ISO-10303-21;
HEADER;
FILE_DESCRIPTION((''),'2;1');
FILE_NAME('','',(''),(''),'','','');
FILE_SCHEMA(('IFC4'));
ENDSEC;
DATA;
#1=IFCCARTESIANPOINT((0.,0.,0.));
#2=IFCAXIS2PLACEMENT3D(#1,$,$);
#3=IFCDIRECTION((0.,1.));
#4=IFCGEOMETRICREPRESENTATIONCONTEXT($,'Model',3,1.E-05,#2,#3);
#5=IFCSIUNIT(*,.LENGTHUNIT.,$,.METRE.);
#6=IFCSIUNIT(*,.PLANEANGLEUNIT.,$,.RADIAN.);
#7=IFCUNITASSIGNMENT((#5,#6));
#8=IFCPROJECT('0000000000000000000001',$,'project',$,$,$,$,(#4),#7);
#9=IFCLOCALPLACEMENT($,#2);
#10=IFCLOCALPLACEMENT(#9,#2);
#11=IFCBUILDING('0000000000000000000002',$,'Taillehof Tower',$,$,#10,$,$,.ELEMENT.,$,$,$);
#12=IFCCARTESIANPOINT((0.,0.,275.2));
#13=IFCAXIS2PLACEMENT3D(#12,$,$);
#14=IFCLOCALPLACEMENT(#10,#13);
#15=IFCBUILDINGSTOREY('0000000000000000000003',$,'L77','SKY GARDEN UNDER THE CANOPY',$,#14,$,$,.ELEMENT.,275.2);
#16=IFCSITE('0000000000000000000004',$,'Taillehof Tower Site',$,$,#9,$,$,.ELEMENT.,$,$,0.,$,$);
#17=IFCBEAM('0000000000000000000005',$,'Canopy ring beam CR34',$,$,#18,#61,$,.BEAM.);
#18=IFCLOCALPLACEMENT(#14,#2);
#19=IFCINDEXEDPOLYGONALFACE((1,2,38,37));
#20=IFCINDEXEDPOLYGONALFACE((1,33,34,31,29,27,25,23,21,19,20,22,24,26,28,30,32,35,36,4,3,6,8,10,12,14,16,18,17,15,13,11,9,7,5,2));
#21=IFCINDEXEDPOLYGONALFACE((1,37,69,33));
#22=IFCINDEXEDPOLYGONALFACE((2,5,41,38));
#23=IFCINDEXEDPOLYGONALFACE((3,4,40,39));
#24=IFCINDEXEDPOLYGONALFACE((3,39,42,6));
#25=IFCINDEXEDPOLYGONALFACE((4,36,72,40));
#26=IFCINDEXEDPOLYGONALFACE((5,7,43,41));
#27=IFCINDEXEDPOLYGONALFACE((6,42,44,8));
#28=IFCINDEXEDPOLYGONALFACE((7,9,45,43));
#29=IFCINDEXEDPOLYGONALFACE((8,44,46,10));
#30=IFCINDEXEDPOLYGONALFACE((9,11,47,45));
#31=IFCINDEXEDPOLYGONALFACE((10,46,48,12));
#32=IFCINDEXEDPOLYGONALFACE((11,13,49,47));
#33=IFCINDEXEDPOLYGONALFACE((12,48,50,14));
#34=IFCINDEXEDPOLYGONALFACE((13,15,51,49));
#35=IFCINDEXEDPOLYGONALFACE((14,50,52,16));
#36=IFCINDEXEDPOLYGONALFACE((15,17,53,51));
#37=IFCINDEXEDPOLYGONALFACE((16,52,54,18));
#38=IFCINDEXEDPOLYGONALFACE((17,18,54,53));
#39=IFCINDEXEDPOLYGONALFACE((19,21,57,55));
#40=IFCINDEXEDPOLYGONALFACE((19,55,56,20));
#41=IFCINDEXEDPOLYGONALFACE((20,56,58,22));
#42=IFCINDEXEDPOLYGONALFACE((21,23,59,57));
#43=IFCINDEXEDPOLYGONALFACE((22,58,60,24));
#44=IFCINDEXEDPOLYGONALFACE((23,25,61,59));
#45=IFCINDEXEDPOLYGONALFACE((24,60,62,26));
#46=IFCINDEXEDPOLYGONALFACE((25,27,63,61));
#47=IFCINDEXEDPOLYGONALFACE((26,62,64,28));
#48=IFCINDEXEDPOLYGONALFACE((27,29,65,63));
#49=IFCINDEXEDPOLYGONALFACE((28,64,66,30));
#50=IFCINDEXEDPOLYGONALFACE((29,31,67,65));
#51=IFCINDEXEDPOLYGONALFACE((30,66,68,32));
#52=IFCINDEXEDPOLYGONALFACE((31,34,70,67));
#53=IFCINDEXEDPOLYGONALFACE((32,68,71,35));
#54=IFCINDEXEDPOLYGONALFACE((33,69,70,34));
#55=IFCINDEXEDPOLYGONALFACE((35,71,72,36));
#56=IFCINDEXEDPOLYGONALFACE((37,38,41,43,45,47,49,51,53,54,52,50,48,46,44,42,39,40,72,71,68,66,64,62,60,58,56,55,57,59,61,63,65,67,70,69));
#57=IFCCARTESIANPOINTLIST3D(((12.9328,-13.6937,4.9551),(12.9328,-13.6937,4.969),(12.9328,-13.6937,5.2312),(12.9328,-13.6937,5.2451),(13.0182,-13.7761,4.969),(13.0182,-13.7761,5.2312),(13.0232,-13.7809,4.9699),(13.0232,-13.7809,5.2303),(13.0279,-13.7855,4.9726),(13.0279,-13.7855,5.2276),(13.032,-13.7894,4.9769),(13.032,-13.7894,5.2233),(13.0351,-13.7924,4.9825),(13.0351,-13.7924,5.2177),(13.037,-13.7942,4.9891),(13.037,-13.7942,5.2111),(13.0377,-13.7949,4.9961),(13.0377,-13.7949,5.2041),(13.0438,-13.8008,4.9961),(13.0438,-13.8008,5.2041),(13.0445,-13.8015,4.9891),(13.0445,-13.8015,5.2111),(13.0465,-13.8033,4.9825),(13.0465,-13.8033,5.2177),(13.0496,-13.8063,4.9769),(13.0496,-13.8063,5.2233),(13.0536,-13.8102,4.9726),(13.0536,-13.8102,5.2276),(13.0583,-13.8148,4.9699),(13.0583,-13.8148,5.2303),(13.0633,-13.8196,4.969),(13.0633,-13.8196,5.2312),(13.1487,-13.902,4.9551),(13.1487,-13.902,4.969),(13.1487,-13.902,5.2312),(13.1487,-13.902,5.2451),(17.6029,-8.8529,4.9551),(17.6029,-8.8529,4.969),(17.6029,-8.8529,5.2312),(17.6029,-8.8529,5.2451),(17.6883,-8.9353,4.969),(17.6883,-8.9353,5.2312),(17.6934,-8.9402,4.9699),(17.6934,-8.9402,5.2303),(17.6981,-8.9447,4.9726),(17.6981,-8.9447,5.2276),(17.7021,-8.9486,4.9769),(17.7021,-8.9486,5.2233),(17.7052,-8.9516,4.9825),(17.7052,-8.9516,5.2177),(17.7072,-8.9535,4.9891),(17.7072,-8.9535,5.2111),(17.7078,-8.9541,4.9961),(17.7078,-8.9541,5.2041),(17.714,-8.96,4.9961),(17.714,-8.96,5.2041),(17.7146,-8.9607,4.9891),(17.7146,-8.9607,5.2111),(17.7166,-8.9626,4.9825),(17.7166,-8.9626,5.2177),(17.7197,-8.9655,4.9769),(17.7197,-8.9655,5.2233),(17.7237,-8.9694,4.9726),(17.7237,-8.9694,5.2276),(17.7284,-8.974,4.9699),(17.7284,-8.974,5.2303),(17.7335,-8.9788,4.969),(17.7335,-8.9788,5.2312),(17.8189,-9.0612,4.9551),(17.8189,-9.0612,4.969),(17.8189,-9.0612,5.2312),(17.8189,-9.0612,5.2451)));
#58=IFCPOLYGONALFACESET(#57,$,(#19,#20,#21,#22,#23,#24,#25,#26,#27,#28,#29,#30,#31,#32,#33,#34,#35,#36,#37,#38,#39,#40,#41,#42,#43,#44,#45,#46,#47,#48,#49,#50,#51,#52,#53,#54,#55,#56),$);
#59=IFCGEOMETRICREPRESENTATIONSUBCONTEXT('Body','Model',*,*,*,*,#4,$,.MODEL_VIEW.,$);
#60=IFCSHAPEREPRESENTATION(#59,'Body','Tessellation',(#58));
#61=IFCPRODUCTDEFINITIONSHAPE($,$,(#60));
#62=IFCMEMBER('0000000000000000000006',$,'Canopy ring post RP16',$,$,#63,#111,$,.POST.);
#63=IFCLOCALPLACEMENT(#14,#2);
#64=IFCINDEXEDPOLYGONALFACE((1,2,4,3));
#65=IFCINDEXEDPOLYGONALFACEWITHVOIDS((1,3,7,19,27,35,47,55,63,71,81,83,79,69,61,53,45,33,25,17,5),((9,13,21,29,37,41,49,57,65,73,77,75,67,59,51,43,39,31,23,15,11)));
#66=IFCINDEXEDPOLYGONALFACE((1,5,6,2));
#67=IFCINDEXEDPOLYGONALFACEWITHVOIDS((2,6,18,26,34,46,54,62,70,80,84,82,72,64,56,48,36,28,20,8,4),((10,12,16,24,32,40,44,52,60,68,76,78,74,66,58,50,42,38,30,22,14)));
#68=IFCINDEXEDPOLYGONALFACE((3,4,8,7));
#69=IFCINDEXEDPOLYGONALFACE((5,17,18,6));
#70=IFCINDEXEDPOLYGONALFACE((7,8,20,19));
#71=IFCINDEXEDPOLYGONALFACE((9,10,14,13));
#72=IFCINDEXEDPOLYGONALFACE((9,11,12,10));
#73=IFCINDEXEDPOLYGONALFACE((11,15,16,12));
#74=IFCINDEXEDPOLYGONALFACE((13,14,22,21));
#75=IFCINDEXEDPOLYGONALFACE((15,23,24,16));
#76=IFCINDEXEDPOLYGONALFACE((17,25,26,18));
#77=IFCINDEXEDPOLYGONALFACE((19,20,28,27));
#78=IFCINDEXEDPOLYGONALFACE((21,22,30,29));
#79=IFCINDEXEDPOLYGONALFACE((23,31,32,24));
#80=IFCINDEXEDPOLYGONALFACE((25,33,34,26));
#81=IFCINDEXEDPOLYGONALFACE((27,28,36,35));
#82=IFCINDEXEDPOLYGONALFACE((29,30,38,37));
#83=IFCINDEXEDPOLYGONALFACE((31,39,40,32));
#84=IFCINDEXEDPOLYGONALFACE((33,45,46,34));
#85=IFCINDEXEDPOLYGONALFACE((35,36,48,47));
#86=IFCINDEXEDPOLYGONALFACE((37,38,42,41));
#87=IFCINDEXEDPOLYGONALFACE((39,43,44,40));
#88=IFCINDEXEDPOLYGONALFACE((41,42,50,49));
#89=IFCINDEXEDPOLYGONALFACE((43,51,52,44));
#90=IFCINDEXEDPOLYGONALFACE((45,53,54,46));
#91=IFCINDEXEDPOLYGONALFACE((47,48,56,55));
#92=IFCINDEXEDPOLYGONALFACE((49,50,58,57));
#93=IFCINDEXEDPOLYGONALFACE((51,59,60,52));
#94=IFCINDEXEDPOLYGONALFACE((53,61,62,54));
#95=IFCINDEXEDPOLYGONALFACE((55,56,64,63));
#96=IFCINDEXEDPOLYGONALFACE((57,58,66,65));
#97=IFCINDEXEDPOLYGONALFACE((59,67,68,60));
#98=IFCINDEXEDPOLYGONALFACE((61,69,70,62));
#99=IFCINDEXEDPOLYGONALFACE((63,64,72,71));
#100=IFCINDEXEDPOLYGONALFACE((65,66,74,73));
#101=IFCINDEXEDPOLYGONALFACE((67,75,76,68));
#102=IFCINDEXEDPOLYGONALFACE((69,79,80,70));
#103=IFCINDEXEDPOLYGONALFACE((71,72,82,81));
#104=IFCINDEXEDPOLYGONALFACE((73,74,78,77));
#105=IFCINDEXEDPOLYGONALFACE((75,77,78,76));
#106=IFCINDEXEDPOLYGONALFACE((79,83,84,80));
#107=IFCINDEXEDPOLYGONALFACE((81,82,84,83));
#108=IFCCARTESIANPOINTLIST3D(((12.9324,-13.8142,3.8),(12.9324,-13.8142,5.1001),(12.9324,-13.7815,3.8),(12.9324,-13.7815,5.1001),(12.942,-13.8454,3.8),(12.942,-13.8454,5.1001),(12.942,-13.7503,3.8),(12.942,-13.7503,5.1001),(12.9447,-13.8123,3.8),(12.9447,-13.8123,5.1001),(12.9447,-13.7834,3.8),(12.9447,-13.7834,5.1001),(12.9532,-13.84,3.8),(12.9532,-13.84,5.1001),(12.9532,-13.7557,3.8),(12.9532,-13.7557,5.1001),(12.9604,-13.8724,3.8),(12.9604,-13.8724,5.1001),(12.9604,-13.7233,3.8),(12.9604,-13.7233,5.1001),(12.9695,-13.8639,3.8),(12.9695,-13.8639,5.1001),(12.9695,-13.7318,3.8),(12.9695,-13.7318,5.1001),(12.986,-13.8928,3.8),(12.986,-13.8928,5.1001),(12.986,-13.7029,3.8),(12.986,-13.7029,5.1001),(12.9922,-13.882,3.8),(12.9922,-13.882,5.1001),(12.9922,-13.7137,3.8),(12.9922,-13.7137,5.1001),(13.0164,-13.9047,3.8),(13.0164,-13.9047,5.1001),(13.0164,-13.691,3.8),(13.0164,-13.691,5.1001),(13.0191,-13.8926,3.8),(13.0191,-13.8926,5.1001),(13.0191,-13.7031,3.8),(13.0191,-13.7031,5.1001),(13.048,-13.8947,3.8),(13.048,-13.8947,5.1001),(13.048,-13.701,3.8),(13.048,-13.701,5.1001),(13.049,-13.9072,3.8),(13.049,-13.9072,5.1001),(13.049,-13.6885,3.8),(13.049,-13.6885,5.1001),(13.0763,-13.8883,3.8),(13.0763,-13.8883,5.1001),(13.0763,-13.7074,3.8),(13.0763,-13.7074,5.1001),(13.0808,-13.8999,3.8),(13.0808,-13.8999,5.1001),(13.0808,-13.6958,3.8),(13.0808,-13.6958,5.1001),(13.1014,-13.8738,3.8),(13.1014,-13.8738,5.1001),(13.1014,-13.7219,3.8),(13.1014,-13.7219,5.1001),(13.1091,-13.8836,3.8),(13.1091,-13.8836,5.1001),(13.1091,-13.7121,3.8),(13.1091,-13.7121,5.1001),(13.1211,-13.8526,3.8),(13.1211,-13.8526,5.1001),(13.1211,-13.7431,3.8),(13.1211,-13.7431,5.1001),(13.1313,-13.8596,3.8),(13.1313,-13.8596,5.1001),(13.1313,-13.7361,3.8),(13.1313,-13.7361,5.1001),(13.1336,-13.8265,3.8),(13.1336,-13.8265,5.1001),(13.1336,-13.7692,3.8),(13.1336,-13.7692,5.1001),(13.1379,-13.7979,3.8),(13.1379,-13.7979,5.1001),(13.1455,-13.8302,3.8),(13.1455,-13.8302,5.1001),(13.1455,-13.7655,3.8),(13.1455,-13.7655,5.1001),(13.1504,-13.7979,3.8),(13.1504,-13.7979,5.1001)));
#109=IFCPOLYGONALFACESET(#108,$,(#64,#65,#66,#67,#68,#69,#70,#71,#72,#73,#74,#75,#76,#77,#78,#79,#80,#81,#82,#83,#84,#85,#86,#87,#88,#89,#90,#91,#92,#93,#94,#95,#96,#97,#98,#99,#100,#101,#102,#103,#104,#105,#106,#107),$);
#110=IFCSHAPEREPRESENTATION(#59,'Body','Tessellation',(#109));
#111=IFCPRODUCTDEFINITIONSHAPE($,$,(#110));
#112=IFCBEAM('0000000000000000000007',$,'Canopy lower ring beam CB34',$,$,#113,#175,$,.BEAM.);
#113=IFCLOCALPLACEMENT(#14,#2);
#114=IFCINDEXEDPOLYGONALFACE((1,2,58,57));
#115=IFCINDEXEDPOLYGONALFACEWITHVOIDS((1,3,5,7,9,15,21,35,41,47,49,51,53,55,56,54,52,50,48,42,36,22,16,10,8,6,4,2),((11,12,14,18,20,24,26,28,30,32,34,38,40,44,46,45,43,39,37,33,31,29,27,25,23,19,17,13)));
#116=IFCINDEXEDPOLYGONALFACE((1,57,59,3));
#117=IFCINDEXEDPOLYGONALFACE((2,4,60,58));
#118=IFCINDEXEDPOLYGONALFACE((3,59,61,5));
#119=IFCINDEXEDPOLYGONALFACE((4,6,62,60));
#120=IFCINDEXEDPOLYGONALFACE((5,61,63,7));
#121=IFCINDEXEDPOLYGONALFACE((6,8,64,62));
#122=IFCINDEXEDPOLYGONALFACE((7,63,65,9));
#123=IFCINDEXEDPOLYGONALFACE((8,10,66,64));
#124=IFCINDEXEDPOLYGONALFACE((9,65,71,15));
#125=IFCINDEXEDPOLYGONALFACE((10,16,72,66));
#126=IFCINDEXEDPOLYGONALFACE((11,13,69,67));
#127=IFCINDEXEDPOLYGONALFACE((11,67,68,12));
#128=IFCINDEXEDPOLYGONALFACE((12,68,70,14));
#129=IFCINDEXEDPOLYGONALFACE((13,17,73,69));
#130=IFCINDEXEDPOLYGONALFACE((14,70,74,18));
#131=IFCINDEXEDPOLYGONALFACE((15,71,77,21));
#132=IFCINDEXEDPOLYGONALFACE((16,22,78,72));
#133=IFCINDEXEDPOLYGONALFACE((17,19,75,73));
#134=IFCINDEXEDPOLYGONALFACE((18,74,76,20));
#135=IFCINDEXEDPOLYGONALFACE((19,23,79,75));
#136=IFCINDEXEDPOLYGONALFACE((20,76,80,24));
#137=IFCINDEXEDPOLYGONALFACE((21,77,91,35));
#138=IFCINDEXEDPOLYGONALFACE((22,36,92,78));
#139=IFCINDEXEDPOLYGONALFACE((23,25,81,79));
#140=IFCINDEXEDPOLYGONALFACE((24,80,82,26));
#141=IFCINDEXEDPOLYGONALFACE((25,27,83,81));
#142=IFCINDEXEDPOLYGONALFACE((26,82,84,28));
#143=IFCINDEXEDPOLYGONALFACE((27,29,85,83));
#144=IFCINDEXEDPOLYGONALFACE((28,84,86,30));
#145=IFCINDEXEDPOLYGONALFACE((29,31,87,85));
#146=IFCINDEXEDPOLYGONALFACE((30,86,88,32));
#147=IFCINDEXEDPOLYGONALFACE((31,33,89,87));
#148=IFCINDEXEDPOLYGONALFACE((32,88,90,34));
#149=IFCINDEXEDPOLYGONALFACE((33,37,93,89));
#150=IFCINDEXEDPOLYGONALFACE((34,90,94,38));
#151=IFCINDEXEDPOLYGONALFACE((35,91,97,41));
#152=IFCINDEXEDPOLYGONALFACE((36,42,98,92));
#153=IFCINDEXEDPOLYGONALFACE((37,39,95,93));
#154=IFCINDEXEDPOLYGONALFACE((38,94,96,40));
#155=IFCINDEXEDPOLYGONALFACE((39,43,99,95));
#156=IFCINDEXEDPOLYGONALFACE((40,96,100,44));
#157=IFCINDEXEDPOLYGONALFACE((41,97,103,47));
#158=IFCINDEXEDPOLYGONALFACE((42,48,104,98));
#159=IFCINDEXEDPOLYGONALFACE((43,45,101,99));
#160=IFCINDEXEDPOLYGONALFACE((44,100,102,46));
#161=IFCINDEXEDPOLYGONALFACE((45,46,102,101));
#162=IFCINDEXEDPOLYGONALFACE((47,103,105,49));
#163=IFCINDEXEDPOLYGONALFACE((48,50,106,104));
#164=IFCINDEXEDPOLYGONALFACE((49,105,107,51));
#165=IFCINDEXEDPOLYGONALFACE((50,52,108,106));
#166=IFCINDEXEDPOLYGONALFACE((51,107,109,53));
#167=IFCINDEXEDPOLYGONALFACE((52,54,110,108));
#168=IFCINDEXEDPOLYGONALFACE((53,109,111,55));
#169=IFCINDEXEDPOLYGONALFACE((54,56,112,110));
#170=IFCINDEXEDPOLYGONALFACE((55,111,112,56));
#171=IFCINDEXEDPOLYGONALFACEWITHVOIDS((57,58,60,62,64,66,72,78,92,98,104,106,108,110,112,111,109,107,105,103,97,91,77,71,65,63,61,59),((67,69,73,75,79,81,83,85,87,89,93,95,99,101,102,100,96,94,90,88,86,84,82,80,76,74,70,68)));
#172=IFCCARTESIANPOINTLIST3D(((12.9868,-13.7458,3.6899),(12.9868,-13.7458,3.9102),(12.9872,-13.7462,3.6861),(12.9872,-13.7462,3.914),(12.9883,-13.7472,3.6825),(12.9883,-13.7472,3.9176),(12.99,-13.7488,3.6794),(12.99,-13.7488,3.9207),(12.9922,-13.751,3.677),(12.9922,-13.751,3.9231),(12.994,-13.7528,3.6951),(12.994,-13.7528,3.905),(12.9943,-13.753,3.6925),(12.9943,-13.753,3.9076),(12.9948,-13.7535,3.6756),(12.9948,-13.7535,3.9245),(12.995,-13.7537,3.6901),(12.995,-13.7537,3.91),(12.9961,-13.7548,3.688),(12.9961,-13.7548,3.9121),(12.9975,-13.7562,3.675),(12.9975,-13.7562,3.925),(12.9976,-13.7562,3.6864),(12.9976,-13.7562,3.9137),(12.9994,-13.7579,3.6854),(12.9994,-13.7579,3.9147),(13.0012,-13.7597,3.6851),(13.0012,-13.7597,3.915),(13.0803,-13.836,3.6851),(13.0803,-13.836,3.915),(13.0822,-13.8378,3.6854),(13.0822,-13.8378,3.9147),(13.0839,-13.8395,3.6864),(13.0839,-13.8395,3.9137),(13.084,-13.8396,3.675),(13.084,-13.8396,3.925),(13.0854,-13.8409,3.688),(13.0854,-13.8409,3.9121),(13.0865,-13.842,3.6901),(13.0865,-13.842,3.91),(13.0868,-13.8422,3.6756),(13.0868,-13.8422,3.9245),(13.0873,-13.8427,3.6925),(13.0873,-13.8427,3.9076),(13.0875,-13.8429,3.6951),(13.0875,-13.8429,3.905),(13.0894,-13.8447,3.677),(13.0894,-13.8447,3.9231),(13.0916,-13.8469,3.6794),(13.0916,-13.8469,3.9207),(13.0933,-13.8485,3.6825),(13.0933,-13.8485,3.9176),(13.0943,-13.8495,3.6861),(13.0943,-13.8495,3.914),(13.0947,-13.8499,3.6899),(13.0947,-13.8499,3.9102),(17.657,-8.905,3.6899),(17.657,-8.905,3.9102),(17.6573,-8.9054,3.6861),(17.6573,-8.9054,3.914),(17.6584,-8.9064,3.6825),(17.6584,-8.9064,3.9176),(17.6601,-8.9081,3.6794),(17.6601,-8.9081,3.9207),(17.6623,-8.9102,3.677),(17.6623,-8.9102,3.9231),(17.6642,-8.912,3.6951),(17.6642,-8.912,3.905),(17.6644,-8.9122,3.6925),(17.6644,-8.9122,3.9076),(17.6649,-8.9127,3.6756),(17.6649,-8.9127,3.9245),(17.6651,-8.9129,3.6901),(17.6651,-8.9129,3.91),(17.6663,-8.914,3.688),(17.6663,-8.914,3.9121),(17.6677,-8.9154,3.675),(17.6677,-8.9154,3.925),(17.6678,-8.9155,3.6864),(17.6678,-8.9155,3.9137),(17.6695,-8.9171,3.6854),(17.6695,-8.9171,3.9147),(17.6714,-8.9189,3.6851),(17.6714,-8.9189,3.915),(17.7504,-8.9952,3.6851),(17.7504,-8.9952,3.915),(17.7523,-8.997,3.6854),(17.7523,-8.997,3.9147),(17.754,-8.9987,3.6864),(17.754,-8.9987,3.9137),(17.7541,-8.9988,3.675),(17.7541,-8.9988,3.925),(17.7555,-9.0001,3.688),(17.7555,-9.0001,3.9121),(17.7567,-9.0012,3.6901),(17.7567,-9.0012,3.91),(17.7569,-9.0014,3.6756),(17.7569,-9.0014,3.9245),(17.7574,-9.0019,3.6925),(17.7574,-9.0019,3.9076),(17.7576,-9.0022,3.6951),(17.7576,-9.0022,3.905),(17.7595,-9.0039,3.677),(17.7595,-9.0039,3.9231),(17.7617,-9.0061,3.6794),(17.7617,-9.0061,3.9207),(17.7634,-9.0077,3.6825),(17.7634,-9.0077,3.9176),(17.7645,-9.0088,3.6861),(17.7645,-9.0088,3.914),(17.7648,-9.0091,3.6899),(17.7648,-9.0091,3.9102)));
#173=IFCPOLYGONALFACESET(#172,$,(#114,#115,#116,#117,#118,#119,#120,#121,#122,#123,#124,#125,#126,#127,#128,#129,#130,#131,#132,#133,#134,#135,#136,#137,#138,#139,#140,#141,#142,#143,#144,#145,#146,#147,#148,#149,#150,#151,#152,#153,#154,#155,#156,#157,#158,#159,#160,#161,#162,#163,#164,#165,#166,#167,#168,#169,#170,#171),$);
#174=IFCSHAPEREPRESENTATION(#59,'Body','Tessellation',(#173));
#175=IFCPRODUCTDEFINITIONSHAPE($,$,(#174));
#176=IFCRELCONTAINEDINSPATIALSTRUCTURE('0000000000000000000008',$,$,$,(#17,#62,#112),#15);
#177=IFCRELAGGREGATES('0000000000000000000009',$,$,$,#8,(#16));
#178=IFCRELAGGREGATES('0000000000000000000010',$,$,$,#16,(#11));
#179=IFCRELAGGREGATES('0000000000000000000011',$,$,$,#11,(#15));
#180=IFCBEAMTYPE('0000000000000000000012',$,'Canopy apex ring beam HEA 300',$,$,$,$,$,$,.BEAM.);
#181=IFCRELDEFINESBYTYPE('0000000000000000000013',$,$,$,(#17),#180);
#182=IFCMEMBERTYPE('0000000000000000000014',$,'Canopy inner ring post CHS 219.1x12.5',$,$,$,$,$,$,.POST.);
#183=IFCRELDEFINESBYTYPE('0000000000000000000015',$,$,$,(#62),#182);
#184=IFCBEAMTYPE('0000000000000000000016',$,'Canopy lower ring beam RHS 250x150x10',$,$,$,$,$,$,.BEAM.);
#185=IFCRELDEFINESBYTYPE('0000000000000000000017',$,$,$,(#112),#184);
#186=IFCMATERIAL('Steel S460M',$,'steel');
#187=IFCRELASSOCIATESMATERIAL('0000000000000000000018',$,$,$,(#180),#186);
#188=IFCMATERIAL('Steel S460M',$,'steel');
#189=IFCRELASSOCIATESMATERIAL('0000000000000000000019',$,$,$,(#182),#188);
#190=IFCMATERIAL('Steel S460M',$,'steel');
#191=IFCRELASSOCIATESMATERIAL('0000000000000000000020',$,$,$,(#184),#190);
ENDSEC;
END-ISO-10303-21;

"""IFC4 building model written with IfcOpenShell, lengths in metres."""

from ifc_helpers import new_model, si_unit, direction, frame, origin, origin_2d, place, context, subcontext, project, spatial, hollow_rectangle, hollow_circle, i_section, extrude, material, material_profile, profile_set, type_object, element, save


model = new_model("IFC4")

# Units and contexts
model_context = context("Model", 3, precision=1e-05, world=origin(), true_north=direction((0.0, 1.0)))
body_context = subcontext(model_context, "Body", "Model", "MODEL_VIEW")
ifc_project = project(units=[si_unit("LENGTHUNIT", "METRE"), si_unit("PLANEANGLEUNIT", "RADIAN")], contexts=[model_context])

# Site, building, storey
site_placement = place(None, origin())
site = spatial("IfcSite", under=ifc_project, at=site_placement, Name="Taillehof Tower Site", CompositionType="ELEMENT", RefElevation=0.0)
building_placement = place(site_placement, origin())
building = spatial("IfcBuilding", under=site, at=building_placement, Name="Taillehof Tower", CompositionType="ELEMENT")
storey_placement = place(building_placement, frame((0.0, 0.0, 275.2)))
storey = spatial("IfcBuildingStorey", under=building, at=storey_placement, Name="L77", Description="SKY GARDEN UNDER THE CANOPY", CompositionType="ELEMENT", Elevation=275.2)

# Beam
ifc_material_1 = material(Name="Steel S460M", Category="steel")
ifc_material_profile_1 = material_profile(ifc_material_1, i_section(OverallWidth=0.3, OverallDepth=0.29, WebThickness=0.0085, FlangeThickness=0.0139, FilletRadius=0.0271, at=origin_2d()), Name="HEA 300")
ifc_profile_set_1 = profile_set([ifc_material_profile_1], Name="Steel S460M")
beam_type_1 = type_object("IfcBeamType", Name="Canopy apex ring beam HEA 300", PredefinedType="BEAM", material=ifc_profile_set_1)
beam_1_placement = place(storey_placement, frame((13.0408, -13.7979, 5.1001), z_axis=(0.694308, 0.719678, 0.0), x_axis=(-0.719678, 0.694308, 0.0)))
element("IfcBeam", 1, at=beam_1_placement, inside=storey, type_object=beam_type_1, Name="Canopy ring beam CR34", PredefinedType="BEAM", context=body_context, shape_type="SweptSolid", body=[
    extrude(i_section(OverallWidth=0.3, OverallDepth=0.29, WebThickness=0.0085, FlangeThickness=0.0139, FilletRadius=0.0271, at=origin_2d()), origin(), (0.0, 0.0, 1.0), 6.7263),
])

# Member
ifc_material_2 = material(Name="Steel S460M", Category="steel")
ifc_material_profile_2 = material_profile(ifc_material_2, hollow_circle(Radius=0.1096, WallThickness=0.0125, at=origin_2d()), Name="CHS 219.1x12.5")
ifc_profile_set_2 = profile_set([ifc_material_profile_2], Name="Steel S460M")
member_type_1 = type_object("IfcMemberType", Name="Canopy inner ring post CHS 219.1x12.5", PredefinedType="POST", material=ifc_profile_set_2)
member_1_placement = place(storey_placement, frame((13.0408, -13.7979, 3.8), z_axis=(0.0, 0.0, 1.0), x_axis=(1.0, 0.0, 0.0)))
element("IfcMember", 2, at=member_1_placement, inside=storey, type_object=member_type_1, Name="Canopy ring post RP16", PredefinedType="POST", context=body_context, shape_type="SweptSolid", body=[
    extrude(hollow_circle(Radius=0.1096, WallThickness=0.0125, at=origin_2d()), origin(), (0.0, 0.0, 1.0), 1.3),
])

# Beam
ifc_material_3 = material(Name="Steel S460M", Category="steel")
ifc_material_profile_3 = material_profile(ifc_material_3, hollow_rectangle(XDim=0.1499, YDim=0.25, WallThickness=0.01, InnerFilletRadius=0.01, OuterFilletRadius=0.0149, at=origin_2d()), Name="RHS 250x150x10")
ifc_profile_set_3 = profile_set([ifc_material_profile_3], Name="Steel S460M")
beam_type_2 = type_object("IfcBeamType", Name="Canopy lower ring beam RHS 250x150x10", PredefinedType="BEAM", material=ifc_profile_set_3)
beam_2_placement = place(storey_placement, frame((13.0408, -13.7979, 3.8), z_axis=(0.694308, 0.719678, 0.0), x_axis=(-0.719678, 0.694308, 0.0)))
element("IfcBeam", 3, at=beam_2_placement, inside=storey, type_object=beam_type_2, Name="Canopy lower ring beam CB34", PredefinedType="BEAM", context=body_context, shape_type="SweptSolid", body=[
    extrude(hollow_rectangle(XDim=0.1499, YDim=0.25, WallThickness=0.01, InnerFilletRadius=0.01, OuterFilletRadius=0.0149, at=origin_2d()), origin(), (0.0, 0.0, 1.0), 6.7263),
])

save(model, "model.ifc")
